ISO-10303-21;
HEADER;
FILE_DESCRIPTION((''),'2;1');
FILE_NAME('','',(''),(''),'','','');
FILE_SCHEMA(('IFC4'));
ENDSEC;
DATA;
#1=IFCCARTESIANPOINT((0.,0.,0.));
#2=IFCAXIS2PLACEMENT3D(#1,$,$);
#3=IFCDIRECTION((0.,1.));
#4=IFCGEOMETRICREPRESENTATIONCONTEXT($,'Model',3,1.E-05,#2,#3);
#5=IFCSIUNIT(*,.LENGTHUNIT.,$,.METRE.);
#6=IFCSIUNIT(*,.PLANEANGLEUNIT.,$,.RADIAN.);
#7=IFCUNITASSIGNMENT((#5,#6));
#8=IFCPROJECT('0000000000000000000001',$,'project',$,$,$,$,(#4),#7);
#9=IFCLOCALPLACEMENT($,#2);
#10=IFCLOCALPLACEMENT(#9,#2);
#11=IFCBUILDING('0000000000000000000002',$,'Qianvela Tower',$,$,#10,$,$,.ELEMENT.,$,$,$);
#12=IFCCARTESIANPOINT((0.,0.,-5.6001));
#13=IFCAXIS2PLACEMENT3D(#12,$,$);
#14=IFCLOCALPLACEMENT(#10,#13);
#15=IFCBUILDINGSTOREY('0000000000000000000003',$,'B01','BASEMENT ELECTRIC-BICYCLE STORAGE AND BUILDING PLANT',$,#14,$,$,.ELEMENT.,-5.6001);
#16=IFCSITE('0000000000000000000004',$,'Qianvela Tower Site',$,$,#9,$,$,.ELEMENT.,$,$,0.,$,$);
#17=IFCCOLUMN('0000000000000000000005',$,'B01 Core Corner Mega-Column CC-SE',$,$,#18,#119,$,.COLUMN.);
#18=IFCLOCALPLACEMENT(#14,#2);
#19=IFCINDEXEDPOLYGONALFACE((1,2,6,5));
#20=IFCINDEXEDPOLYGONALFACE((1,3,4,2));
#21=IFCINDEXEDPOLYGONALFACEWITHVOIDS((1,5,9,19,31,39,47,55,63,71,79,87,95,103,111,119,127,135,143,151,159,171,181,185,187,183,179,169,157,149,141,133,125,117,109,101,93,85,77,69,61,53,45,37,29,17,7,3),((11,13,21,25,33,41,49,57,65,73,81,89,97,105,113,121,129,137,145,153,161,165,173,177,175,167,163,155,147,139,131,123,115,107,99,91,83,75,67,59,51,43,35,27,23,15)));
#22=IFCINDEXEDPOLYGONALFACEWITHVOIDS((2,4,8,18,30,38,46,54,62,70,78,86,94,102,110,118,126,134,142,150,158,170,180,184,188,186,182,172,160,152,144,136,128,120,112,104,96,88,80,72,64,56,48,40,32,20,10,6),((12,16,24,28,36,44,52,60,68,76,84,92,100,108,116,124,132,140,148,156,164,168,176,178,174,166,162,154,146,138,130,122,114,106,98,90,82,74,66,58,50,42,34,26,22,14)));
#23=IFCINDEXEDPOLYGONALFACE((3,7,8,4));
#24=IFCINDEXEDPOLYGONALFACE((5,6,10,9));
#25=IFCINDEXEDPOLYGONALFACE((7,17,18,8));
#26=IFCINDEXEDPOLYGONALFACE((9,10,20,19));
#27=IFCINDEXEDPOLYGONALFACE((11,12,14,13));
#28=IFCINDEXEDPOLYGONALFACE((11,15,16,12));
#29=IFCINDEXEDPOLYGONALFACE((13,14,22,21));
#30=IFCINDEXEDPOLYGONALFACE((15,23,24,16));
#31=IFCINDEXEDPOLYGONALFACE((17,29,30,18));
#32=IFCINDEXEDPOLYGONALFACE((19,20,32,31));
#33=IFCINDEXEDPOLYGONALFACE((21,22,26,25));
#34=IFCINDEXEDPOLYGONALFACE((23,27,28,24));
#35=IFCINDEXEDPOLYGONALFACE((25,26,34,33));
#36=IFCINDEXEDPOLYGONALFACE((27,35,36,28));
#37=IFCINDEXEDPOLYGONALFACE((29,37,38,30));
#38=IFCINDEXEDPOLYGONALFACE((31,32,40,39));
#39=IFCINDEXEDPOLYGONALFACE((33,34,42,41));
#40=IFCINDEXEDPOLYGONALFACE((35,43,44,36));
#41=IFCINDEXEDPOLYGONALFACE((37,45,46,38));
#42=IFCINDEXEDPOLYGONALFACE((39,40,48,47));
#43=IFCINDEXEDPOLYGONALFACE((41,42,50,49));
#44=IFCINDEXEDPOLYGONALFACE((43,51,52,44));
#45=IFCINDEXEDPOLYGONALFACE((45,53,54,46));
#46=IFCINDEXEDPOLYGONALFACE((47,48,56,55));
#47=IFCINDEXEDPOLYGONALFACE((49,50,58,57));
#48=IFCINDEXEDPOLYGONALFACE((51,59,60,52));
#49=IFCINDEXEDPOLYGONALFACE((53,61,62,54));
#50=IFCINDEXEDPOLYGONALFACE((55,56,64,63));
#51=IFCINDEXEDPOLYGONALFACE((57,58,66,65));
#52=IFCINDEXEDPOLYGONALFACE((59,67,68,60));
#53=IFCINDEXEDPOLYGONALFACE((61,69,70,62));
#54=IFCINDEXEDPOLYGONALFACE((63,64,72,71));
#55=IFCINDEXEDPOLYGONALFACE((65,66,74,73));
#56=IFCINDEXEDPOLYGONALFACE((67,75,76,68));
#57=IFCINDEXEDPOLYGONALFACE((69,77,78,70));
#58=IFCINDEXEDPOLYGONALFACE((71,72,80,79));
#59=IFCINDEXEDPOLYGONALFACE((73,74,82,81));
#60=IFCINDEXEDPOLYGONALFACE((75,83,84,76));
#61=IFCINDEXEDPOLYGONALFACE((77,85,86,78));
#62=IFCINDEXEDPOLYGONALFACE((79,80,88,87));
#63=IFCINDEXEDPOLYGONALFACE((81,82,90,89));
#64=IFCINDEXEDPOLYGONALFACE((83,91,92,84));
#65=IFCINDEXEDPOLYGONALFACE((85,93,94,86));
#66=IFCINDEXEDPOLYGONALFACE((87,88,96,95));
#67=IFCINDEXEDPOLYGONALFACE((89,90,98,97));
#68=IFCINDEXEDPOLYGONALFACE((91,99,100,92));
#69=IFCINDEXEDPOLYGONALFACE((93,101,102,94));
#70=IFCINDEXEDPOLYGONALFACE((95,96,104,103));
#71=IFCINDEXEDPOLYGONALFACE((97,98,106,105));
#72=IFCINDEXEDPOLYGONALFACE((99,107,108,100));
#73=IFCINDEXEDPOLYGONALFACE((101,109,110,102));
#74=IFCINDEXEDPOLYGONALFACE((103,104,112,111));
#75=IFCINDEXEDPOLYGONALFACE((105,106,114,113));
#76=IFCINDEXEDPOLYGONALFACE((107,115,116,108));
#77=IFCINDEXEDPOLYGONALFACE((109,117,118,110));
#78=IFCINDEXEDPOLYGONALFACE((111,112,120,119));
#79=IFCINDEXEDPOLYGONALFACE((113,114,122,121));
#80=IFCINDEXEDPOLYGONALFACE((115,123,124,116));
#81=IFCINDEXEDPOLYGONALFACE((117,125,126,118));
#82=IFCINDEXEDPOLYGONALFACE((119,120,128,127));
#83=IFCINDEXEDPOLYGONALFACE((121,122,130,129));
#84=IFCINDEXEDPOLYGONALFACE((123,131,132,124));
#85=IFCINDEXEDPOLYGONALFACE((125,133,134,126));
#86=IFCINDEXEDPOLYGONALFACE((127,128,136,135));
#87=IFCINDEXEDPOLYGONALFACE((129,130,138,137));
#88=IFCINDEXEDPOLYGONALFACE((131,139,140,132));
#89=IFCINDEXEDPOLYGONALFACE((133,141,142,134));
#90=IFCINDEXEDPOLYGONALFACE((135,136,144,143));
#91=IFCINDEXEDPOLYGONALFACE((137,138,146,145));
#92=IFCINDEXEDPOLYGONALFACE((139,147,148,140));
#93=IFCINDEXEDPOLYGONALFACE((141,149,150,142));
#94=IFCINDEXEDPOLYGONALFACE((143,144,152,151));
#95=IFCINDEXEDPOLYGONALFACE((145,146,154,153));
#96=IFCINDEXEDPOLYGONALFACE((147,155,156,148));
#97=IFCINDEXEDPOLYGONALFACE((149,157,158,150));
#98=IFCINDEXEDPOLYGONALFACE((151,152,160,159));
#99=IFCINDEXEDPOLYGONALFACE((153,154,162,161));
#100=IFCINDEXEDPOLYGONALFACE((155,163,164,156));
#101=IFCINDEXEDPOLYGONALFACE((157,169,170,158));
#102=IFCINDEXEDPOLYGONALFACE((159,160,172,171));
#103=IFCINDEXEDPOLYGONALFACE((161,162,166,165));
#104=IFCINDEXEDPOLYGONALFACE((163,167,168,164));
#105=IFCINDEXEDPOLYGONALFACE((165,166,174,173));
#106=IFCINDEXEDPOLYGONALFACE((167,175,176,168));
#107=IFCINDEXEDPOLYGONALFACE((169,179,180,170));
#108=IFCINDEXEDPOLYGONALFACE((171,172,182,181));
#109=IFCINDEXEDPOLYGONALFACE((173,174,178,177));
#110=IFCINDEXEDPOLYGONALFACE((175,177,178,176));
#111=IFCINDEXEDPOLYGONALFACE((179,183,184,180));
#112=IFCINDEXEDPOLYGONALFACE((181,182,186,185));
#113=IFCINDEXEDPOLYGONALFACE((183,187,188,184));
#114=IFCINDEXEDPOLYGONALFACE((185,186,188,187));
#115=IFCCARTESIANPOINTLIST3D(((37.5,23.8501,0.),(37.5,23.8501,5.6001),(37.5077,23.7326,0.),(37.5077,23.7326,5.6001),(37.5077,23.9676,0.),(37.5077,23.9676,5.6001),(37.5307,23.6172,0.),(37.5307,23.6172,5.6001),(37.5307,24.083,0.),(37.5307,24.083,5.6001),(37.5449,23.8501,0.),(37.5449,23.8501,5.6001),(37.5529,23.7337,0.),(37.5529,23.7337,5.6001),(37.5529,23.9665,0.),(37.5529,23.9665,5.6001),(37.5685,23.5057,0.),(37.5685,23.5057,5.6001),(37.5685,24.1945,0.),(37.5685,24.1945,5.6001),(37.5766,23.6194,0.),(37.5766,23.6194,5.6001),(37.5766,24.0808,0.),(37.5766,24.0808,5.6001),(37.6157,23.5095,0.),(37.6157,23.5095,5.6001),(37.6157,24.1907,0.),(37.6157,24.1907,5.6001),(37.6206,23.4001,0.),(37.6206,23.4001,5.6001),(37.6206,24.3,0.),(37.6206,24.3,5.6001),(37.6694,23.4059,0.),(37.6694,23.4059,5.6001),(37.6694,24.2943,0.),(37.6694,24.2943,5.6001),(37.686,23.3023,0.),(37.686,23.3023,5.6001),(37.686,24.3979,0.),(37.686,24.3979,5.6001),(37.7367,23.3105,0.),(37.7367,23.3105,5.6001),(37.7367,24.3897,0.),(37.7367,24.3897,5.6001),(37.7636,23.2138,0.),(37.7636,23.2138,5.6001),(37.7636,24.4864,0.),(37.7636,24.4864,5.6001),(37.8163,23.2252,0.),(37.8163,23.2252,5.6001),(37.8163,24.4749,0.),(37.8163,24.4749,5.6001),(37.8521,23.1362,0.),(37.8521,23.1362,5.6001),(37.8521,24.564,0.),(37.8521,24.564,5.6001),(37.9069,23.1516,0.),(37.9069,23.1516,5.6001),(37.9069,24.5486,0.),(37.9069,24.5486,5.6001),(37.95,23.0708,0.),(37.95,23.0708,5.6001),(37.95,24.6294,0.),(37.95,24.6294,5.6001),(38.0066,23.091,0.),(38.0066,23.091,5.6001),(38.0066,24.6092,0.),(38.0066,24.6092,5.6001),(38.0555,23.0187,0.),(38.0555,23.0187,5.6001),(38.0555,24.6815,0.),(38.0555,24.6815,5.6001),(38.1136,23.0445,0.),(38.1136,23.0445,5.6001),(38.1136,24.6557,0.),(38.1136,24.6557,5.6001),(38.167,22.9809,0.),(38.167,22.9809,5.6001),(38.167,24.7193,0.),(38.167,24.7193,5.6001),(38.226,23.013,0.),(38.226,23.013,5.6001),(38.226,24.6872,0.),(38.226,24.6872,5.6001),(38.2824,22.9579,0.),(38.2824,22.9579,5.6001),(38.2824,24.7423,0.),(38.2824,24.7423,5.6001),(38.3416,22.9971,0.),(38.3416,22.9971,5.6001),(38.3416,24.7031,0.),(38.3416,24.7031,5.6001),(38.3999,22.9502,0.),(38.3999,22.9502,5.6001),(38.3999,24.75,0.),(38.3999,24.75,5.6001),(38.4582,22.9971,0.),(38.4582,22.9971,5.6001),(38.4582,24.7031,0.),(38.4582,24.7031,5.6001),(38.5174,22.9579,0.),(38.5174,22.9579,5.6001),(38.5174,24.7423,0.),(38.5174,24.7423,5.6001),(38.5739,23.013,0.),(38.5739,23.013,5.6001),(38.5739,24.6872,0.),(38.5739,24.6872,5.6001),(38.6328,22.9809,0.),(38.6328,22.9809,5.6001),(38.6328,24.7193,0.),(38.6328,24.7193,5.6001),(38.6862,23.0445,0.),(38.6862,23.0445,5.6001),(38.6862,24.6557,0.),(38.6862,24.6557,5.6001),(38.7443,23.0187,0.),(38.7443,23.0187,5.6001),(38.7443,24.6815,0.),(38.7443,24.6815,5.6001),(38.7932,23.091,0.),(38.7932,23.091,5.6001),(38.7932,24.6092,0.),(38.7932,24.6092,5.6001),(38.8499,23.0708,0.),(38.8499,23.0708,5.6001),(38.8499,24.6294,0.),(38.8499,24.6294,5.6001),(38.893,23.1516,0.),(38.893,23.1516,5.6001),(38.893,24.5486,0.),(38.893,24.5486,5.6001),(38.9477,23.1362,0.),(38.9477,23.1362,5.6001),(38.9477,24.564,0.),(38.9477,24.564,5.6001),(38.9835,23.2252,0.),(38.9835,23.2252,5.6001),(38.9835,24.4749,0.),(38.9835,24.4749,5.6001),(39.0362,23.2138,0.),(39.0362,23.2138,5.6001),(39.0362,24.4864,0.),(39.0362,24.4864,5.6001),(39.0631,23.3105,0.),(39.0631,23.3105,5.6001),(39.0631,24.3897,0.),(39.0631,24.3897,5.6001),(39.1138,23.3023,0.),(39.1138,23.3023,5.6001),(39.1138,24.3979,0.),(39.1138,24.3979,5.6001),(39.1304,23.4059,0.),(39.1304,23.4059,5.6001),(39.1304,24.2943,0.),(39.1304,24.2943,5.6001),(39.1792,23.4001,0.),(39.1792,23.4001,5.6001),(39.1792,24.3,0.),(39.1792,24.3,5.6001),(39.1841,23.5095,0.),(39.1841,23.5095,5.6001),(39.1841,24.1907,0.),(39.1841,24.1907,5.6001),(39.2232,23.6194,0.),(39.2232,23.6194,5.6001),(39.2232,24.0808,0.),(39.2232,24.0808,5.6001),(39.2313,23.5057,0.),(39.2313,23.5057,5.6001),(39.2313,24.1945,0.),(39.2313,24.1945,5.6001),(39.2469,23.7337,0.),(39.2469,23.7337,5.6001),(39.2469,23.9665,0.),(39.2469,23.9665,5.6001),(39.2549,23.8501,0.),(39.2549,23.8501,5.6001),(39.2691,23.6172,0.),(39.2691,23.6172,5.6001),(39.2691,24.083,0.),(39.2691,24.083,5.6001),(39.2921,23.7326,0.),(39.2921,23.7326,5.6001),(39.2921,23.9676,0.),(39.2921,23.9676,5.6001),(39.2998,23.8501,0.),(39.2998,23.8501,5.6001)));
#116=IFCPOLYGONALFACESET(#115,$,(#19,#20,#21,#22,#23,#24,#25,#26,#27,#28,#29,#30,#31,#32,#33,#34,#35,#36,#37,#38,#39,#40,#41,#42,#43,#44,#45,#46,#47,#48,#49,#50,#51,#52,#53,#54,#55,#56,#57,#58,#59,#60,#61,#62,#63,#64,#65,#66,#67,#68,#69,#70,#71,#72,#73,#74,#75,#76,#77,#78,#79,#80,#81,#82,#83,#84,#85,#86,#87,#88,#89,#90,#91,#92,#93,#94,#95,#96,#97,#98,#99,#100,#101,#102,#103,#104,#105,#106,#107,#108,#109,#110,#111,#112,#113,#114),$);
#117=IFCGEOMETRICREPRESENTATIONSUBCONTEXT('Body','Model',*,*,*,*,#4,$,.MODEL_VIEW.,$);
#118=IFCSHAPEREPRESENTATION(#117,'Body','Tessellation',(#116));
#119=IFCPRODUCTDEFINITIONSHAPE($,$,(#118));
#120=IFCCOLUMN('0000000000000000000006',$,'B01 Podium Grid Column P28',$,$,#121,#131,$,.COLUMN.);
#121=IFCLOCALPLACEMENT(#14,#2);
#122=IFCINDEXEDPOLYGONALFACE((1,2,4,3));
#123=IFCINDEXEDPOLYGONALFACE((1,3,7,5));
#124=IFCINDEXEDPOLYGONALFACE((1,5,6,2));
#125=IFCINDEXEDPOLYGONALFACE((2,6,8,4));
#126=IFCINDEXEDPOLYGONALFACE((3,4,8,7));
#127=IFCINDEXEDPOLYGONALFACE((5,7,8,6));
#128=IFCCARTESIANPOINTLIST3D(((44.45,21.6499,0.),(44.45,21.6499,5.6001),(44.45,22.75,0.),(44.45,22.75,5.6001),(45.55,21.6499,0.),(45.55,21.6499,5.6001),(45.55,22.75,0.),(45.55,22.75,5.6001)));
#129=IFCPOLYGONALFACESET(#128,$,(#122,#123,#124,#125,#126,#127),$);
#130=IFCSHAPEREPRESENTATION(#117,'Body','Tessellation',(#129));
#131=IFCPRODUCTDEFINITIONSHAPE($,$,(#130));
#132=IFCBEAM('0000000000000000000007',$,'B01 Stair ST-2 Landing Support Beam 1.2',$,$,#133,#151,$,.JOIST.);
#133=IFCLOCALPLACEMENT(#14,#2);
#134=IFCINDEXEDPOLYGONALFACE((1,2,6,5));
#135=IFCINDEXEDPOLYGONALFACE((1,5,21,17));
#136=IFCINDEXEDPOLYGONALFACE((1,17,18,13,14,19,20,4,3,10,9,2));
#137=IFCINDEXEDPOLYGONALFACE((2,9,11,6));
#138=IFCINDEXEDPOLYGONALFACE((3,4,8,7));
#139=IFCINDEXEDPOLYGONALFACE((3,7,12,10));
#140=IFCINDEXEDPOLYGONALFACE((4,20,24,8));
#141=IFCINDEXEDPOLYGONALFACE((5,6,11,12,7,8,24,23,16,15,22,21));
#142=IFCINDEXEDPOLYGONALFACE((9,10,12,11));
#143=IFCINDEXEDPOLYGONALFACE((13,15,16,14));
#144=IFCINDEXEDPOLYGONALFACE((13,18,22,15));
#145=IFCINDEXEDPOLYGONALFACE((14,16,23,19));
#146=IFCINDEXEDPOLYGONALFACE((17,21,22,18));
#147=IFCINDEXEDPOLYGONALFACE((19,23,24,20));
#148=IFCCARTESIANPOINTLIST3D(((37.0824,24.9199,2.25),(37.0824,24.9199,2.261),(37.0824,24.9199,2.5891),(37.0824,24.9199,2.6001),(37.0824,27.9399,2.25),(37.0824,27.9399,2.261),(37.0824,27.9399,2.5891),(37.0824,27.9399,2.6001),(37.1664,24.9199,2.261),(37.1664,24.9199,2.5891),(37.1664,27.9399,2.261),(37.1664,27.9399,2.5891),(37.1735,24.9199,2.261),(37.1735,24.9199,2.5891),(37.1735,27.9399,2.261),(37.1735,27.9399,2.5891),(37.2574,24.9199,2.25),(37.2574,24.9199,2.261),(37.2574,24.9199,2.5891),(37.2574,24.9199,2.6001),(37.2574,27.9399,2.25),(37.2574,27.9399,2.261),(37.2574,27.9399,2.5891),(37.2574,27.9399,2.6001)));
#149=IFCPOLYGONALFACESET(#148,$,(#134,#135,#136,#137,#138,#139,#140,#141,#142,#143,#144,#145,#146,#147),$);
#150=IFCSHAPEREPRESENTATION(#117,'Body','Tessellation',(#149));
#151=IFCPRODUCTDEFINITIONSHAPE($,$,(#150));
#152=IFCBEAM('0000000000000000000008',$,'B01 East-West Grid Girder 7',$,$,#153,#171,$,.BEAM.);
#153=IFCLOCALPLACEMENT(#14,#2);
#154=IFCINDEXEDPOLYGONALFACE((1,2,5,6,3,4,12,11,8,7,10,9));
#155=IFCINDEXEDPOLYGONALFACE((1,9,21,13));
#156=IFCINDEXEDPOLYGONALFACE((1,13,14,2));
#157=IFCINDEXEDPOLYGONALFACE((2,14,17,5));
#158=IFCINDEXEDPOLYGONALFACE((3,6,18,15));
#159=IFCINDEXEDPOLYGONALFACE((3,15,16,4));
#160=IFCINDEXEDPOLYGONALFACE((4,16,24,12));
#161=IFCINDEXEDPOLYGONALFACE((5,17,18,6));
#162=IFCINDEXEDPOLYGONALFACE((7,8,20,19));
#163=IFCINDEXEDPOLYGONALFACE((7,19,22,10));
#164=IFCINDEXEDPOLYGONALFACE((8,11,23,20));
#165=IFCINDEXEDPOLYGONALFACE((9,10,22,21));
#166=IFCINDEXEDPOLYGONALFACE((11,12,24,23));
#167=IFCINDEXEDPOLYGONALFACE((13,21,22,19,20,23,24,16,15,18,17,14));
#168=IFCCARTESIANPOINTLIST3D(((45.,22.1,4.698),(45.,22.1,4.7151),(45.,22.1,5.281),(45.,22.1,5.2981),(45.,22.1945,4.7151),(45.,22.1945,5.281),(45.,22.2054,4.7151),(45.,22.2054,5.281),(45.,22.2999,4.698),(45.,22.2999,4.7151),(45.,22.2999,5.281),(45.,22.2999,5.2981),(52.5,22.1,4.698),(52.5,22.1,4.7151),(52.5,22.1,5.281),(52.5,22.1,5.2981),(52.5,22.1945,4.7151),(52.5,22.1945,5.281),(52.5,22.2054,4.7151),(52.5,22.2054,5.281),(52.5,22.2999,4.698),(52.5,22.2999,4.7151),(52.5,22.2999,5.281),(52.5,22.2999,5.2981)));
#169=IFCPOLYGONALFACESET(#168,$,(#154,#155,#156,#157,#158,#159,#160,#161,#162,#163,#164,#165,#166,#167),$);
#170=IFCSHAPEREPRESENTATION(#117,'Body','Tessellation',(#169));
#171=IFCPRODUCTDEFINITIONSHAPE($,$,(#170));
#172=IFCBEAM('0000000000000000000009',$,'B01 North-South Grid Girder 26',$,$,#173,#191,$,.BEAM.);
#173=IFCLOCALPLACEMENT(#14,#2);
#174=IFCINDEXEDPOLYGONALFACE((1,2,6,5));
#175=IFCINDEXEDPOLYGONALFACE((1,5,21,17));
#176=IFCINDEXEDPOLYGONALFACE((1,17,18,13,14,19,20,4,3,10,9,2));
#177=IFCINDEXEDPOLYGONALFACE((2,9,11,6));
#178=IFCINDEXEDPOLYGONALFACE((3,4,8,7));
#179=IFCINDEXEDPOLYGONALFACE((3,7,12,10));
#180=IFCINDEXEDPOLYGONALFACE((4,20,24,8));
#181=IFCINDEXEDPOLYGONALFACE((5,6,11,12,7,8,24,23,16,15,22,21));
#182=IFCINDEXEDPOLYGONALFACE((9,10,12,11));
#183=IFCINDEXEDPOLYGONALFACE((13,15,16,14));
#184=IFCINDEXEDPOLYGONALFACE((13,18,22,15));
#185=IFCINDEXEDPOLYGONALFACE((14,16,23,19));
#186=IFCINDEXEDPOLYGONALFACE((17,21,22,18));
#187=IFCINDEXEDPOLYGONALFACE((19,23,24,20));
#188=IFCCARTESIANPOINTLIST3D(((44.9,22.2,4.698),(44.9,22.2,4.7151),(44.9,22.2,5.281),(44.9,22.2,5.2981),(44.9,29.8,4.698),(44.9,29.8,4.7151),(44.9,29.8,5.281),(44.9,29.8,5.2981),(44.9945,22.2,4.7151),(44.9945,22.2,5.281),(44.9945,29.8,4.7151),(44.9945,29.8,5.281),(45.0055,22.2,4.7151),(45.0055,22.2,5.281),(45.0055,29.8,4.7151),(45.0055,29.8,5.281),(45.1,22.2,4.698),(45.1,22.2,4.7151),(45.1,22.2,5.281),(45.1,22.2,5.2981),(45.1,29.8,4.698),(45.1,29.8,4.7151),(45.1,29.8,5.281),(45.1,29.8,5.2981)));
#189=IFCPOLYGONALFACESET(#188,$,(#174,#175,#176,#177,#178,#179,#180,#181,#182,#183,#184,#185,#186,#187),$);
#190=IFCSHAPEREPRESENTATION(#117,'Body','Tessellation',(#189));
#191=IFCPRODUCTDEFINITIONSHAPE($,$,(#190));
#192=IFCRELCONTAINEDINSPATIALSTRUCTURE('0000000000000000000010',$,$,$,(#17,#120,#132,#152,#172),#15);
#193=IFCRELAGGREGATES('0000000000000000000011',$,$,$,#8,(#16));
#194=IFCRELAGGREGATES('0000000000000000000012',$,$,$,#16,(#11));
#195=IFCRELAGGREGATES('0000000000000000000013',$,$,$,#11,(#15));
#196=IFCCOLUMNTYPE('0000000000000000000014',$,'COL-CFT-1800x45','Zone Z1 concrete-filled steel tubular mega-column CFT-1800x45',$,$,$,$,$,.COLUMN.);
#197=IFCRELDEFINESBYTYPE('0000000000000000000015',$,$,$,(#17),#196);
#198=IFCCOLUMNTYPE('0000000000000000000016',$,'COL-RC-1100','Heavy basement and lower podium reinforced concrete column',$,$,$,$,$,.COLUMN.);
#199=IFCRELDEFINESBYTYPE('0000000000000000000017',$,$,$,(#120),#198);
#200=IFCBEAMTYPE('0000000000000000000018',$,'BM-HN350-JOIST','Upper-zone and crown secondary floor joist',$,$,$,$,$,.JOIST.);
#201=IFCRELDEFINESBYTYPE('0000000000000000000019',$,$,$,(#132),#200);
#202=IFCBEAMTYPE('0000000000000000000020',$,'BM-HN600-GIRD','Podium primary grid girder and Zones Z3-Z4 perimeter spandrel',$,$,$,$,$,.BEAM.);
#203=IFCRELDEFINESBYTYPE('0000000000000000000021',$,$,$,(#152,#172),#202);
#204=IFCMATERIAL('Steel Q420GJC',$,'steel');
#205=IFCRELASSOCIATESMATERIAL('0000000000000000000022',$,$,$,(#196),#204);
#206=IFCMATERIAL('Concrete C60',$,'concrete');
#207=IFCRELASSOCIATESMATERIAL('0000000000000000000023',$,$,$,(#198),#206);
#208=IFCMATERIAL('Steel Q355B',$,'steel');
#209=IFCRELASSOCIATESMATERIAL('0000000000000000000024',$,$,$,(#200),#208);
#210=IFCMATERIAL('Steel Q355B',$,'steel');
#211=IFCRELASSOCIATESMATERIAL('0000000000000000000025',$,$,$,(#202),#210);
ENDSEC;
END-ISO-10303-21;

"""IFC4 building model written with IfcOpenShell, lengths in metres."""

from ifc_helpers import new_model, si_unit, direction, frame, origin, origin_2d, place, context, subcontext, project, spatial, rectangle, hollow_circle, i_section, extrude, material, material_profile, profile_set, type_object, element, save


model = new_model("IFC4")

# Units and contexts
model_context = context("Model", 3, precision=1e-05, world=origin(), true_north=direction((0.0, 1.0)))
body_context = subcontext(model_context, "Body", "Model", "MODEL_VIEW")
ifc_project = project(units=[si_unit("LENGTHUNIT", "METRE"), si_unit("PLANEANGLEUNIT", "RADIAN")], contexts=[model_context])

# Site, building, storey
site_placement = place(None, origin())
site = spatial("IfcSite", under=ifc_project, at=site_placement, Name="Qianvela Tower Site", CompositionType="ELEMENT", RefElevation=0.0)
building_placement = place(site_placement, origin())
building = spatial("IfcBuilding", under=site, at=building_placement, Name="Qianvela Tower", CompositionType="ELEMENT")
storey_placement = place(building_placement, frame((0.0, 0.0, -5.6001)))
storey = spatial("IfcBuildingStorey", under=building, at=storey_placement, Name="B01", Description="BASEMENT ELECTRIC-BICYCLE STORAGE AND BUILDING PLANT", CompositionType="ELEMENT", Elevation=-5.6001)

# Columns
ifc_material_1 = material(Name="Steel Q420GJC", Category="steel")
ifc_material_profile_1 = material_profile(ifc_material_1, hollow_circle(Radius=0.8999, WallThickness=0.0449, at=origin_2d()), Name="CFT-1800x45")
ifc_profile_set_1 = profile_set([ifc_material_profile_1], Name="Steel Q420GJC")
column_type_1 = type_object("IfcColumnType", Name="COL-CFT-1800x45", Description="Zone Z1 concrete-filled steel tubular mega-column CFT-1800x45", PredefinedType="COLUMN", material=ifc_profile_set_1)
column_1_placement = place(storey_placement, frame((38.3999, 23.8501, 0.0), z_axis=(0.0, 0.0, 1.0), x_axis=(1.0, 0.0, 0.0)))
element("IfcColumn", 1, at=column_1_placement, inside=storey, type_object=column_type_1, Name="B01 Core Corner Mega-Column CC-SE", PredefinedType="COLUMN", context=body_context, shape_type="SweptSolid", body=[
    extrude(hollow_circle(Radius=0.8999, WallThickness=0.0449, at=origin_2d()), origin(), (0.0, 0.0, 1.0), 5.6001),
])
ifc_material_2 = material(Name="Concrete C60", Category="concrete")
ifc_material_profile_2 = material_profile(ifc_material_2, rectangle(XDim=1.1001, YDim=1.1001, at=origin_2d()), Name="RC-COL-1100x1100")
ifc_profile_set_2 = profile_set([ifc_material_profile_2], Name="Concrete C60")
column_type_2 = type_object("IfcColumnType", Name="COL-RC-1100", Description="Heavy basement and lower podium reinforced concrete column", PredefinedType="COLUMN", material=ifc_profile_set_2)
column_2_placement = place(storey_placement, frame((45.0, 22.2, 0.0), z_axis=(0.0, 0.0, 1.0), x_axis=(1.0, 0.0, 0.0)))
element("IfcColumn", 2, at=column_2_placement, inside=storey, type_object=column_type_2, Name="B01 Podium Grid Column P28", PredefinedType="COLUMN", context=body_context, shape_type="SweptSolid", body=[
    extrude(rectangle(XDim=1.1001, YDim=1.1001, at=origin_2d()), origin(), (0.0, 0.0, 1.0), 5.6001),
])

# Beams
ifc_material_3 = material(Name="Steel Q355B", Category="steel")
ifc_material_profile_3 = material_profile(ifc_material_3, i_section(OverallWidth=0.175, OverallDepth=0.3501, WebThickness=0.0071, FlangeThickness=0.011, at=origin_2d()), Name="HN350x175x7x11")
ifc_profile_set_3 = profile_set([ifc_material_profile_3], Name="Steel Q355B")
beam_type_1 = type_object("IfcBeamType", Name="BM-HN350-JOIST", Description="Upper-zone and crown secondary floor joist", PredefinedType="JOIST", material=ifc_profile_set_3)
beam_1_placement = place(storey_placement, frame((37.1699, 24.9199, 2.425), z_axis=(0.0, 1.0, 0.0), x_axis=(-1.0, 0.0, 0.0)))
element("IfcBeam", 3, at=beam_1_placement, inside=storey, type_object=beam_type_1, Name="B01 Stair ST-2 Landing Support Beam 1.2", PredefinedType="JOIST", context=body_context, shape_type="SweptSolid", body=[
    extrude(i_section(OverallWidth=0.175, OverallDepth=0.3501, WebThickness=0.0071, FlangeThickness=0.011, at=origin_2d()), origin(), (0.0, 0.0, 1.0), 3.02),
])
ifc_material_4 = material(Name="Steel Q355B", Category="steel")
ifc_material_profile_4 = material_profile(ifc_material_4, i_section(OverallWidth=0.2, OverallDepth=0.6001, WebThickness=0.011, FlangeThickness=0.0171, at=origin_2d()), Name="HN600x200x11x17")
ifc_profile_set_4 = profile_set([ifc_material_profile_4], Name="Steel Q355B")
beam_type_2 = type_object("IfcBeamType", Name="BM-HN600-GIRD", Description="Podium primary grid girder and Zones Z3-Z4 perimeter spandrel", PredefinedType="BEAM", material=ifc_profile_set_4)
beam_2_placement = place(storey_placement, frame((45.0, 22.2, 4.998), z_axis=(1.0, 0.0, 0.0), x_axis=(0.0, 1.0, 0.0)))
element("IfcBeam", 4, at=beam_2_placement, inside=storey, type_object=beam_type_2, Name="B01 East-West Grid Girder 7", PredefinedType="BEAM", context=body_context, shape_type="SweptSolid", body=[
    extrude(i_section(OverallWidth=0.2, OverallDepth=0.6001, WebThickness=0.011, FlangeThickness=0.0171, at=origin_2d()), origin(), (0.0, 0.0, 1.0), 7.5),
])
beam_3_placement = place(storey_placement, frame((45.0, 22.2, 4.998), z_axis=(0.0, 1.0, 0.0), x_axis=(-1.0, 0.0, 0.0)))
element("IfcBeam", 5, at=beam_3_placement, inside=storey, type_object=beam_type_2, Name="B01 North-South Grid Girder 26", PredefinedType="BEAM", context=body_context, shape_type="SweptSolid", body=[
    extrude(i_section(OverallWidth=0.2, OverallDepth=0.6001, WebThickness=0.011, FlangeThickness=0.0171, at=origin_2d()), origin(), (0.0, 0.0, 1.0), 7.6001),
])

save(model, "model.ifc")
